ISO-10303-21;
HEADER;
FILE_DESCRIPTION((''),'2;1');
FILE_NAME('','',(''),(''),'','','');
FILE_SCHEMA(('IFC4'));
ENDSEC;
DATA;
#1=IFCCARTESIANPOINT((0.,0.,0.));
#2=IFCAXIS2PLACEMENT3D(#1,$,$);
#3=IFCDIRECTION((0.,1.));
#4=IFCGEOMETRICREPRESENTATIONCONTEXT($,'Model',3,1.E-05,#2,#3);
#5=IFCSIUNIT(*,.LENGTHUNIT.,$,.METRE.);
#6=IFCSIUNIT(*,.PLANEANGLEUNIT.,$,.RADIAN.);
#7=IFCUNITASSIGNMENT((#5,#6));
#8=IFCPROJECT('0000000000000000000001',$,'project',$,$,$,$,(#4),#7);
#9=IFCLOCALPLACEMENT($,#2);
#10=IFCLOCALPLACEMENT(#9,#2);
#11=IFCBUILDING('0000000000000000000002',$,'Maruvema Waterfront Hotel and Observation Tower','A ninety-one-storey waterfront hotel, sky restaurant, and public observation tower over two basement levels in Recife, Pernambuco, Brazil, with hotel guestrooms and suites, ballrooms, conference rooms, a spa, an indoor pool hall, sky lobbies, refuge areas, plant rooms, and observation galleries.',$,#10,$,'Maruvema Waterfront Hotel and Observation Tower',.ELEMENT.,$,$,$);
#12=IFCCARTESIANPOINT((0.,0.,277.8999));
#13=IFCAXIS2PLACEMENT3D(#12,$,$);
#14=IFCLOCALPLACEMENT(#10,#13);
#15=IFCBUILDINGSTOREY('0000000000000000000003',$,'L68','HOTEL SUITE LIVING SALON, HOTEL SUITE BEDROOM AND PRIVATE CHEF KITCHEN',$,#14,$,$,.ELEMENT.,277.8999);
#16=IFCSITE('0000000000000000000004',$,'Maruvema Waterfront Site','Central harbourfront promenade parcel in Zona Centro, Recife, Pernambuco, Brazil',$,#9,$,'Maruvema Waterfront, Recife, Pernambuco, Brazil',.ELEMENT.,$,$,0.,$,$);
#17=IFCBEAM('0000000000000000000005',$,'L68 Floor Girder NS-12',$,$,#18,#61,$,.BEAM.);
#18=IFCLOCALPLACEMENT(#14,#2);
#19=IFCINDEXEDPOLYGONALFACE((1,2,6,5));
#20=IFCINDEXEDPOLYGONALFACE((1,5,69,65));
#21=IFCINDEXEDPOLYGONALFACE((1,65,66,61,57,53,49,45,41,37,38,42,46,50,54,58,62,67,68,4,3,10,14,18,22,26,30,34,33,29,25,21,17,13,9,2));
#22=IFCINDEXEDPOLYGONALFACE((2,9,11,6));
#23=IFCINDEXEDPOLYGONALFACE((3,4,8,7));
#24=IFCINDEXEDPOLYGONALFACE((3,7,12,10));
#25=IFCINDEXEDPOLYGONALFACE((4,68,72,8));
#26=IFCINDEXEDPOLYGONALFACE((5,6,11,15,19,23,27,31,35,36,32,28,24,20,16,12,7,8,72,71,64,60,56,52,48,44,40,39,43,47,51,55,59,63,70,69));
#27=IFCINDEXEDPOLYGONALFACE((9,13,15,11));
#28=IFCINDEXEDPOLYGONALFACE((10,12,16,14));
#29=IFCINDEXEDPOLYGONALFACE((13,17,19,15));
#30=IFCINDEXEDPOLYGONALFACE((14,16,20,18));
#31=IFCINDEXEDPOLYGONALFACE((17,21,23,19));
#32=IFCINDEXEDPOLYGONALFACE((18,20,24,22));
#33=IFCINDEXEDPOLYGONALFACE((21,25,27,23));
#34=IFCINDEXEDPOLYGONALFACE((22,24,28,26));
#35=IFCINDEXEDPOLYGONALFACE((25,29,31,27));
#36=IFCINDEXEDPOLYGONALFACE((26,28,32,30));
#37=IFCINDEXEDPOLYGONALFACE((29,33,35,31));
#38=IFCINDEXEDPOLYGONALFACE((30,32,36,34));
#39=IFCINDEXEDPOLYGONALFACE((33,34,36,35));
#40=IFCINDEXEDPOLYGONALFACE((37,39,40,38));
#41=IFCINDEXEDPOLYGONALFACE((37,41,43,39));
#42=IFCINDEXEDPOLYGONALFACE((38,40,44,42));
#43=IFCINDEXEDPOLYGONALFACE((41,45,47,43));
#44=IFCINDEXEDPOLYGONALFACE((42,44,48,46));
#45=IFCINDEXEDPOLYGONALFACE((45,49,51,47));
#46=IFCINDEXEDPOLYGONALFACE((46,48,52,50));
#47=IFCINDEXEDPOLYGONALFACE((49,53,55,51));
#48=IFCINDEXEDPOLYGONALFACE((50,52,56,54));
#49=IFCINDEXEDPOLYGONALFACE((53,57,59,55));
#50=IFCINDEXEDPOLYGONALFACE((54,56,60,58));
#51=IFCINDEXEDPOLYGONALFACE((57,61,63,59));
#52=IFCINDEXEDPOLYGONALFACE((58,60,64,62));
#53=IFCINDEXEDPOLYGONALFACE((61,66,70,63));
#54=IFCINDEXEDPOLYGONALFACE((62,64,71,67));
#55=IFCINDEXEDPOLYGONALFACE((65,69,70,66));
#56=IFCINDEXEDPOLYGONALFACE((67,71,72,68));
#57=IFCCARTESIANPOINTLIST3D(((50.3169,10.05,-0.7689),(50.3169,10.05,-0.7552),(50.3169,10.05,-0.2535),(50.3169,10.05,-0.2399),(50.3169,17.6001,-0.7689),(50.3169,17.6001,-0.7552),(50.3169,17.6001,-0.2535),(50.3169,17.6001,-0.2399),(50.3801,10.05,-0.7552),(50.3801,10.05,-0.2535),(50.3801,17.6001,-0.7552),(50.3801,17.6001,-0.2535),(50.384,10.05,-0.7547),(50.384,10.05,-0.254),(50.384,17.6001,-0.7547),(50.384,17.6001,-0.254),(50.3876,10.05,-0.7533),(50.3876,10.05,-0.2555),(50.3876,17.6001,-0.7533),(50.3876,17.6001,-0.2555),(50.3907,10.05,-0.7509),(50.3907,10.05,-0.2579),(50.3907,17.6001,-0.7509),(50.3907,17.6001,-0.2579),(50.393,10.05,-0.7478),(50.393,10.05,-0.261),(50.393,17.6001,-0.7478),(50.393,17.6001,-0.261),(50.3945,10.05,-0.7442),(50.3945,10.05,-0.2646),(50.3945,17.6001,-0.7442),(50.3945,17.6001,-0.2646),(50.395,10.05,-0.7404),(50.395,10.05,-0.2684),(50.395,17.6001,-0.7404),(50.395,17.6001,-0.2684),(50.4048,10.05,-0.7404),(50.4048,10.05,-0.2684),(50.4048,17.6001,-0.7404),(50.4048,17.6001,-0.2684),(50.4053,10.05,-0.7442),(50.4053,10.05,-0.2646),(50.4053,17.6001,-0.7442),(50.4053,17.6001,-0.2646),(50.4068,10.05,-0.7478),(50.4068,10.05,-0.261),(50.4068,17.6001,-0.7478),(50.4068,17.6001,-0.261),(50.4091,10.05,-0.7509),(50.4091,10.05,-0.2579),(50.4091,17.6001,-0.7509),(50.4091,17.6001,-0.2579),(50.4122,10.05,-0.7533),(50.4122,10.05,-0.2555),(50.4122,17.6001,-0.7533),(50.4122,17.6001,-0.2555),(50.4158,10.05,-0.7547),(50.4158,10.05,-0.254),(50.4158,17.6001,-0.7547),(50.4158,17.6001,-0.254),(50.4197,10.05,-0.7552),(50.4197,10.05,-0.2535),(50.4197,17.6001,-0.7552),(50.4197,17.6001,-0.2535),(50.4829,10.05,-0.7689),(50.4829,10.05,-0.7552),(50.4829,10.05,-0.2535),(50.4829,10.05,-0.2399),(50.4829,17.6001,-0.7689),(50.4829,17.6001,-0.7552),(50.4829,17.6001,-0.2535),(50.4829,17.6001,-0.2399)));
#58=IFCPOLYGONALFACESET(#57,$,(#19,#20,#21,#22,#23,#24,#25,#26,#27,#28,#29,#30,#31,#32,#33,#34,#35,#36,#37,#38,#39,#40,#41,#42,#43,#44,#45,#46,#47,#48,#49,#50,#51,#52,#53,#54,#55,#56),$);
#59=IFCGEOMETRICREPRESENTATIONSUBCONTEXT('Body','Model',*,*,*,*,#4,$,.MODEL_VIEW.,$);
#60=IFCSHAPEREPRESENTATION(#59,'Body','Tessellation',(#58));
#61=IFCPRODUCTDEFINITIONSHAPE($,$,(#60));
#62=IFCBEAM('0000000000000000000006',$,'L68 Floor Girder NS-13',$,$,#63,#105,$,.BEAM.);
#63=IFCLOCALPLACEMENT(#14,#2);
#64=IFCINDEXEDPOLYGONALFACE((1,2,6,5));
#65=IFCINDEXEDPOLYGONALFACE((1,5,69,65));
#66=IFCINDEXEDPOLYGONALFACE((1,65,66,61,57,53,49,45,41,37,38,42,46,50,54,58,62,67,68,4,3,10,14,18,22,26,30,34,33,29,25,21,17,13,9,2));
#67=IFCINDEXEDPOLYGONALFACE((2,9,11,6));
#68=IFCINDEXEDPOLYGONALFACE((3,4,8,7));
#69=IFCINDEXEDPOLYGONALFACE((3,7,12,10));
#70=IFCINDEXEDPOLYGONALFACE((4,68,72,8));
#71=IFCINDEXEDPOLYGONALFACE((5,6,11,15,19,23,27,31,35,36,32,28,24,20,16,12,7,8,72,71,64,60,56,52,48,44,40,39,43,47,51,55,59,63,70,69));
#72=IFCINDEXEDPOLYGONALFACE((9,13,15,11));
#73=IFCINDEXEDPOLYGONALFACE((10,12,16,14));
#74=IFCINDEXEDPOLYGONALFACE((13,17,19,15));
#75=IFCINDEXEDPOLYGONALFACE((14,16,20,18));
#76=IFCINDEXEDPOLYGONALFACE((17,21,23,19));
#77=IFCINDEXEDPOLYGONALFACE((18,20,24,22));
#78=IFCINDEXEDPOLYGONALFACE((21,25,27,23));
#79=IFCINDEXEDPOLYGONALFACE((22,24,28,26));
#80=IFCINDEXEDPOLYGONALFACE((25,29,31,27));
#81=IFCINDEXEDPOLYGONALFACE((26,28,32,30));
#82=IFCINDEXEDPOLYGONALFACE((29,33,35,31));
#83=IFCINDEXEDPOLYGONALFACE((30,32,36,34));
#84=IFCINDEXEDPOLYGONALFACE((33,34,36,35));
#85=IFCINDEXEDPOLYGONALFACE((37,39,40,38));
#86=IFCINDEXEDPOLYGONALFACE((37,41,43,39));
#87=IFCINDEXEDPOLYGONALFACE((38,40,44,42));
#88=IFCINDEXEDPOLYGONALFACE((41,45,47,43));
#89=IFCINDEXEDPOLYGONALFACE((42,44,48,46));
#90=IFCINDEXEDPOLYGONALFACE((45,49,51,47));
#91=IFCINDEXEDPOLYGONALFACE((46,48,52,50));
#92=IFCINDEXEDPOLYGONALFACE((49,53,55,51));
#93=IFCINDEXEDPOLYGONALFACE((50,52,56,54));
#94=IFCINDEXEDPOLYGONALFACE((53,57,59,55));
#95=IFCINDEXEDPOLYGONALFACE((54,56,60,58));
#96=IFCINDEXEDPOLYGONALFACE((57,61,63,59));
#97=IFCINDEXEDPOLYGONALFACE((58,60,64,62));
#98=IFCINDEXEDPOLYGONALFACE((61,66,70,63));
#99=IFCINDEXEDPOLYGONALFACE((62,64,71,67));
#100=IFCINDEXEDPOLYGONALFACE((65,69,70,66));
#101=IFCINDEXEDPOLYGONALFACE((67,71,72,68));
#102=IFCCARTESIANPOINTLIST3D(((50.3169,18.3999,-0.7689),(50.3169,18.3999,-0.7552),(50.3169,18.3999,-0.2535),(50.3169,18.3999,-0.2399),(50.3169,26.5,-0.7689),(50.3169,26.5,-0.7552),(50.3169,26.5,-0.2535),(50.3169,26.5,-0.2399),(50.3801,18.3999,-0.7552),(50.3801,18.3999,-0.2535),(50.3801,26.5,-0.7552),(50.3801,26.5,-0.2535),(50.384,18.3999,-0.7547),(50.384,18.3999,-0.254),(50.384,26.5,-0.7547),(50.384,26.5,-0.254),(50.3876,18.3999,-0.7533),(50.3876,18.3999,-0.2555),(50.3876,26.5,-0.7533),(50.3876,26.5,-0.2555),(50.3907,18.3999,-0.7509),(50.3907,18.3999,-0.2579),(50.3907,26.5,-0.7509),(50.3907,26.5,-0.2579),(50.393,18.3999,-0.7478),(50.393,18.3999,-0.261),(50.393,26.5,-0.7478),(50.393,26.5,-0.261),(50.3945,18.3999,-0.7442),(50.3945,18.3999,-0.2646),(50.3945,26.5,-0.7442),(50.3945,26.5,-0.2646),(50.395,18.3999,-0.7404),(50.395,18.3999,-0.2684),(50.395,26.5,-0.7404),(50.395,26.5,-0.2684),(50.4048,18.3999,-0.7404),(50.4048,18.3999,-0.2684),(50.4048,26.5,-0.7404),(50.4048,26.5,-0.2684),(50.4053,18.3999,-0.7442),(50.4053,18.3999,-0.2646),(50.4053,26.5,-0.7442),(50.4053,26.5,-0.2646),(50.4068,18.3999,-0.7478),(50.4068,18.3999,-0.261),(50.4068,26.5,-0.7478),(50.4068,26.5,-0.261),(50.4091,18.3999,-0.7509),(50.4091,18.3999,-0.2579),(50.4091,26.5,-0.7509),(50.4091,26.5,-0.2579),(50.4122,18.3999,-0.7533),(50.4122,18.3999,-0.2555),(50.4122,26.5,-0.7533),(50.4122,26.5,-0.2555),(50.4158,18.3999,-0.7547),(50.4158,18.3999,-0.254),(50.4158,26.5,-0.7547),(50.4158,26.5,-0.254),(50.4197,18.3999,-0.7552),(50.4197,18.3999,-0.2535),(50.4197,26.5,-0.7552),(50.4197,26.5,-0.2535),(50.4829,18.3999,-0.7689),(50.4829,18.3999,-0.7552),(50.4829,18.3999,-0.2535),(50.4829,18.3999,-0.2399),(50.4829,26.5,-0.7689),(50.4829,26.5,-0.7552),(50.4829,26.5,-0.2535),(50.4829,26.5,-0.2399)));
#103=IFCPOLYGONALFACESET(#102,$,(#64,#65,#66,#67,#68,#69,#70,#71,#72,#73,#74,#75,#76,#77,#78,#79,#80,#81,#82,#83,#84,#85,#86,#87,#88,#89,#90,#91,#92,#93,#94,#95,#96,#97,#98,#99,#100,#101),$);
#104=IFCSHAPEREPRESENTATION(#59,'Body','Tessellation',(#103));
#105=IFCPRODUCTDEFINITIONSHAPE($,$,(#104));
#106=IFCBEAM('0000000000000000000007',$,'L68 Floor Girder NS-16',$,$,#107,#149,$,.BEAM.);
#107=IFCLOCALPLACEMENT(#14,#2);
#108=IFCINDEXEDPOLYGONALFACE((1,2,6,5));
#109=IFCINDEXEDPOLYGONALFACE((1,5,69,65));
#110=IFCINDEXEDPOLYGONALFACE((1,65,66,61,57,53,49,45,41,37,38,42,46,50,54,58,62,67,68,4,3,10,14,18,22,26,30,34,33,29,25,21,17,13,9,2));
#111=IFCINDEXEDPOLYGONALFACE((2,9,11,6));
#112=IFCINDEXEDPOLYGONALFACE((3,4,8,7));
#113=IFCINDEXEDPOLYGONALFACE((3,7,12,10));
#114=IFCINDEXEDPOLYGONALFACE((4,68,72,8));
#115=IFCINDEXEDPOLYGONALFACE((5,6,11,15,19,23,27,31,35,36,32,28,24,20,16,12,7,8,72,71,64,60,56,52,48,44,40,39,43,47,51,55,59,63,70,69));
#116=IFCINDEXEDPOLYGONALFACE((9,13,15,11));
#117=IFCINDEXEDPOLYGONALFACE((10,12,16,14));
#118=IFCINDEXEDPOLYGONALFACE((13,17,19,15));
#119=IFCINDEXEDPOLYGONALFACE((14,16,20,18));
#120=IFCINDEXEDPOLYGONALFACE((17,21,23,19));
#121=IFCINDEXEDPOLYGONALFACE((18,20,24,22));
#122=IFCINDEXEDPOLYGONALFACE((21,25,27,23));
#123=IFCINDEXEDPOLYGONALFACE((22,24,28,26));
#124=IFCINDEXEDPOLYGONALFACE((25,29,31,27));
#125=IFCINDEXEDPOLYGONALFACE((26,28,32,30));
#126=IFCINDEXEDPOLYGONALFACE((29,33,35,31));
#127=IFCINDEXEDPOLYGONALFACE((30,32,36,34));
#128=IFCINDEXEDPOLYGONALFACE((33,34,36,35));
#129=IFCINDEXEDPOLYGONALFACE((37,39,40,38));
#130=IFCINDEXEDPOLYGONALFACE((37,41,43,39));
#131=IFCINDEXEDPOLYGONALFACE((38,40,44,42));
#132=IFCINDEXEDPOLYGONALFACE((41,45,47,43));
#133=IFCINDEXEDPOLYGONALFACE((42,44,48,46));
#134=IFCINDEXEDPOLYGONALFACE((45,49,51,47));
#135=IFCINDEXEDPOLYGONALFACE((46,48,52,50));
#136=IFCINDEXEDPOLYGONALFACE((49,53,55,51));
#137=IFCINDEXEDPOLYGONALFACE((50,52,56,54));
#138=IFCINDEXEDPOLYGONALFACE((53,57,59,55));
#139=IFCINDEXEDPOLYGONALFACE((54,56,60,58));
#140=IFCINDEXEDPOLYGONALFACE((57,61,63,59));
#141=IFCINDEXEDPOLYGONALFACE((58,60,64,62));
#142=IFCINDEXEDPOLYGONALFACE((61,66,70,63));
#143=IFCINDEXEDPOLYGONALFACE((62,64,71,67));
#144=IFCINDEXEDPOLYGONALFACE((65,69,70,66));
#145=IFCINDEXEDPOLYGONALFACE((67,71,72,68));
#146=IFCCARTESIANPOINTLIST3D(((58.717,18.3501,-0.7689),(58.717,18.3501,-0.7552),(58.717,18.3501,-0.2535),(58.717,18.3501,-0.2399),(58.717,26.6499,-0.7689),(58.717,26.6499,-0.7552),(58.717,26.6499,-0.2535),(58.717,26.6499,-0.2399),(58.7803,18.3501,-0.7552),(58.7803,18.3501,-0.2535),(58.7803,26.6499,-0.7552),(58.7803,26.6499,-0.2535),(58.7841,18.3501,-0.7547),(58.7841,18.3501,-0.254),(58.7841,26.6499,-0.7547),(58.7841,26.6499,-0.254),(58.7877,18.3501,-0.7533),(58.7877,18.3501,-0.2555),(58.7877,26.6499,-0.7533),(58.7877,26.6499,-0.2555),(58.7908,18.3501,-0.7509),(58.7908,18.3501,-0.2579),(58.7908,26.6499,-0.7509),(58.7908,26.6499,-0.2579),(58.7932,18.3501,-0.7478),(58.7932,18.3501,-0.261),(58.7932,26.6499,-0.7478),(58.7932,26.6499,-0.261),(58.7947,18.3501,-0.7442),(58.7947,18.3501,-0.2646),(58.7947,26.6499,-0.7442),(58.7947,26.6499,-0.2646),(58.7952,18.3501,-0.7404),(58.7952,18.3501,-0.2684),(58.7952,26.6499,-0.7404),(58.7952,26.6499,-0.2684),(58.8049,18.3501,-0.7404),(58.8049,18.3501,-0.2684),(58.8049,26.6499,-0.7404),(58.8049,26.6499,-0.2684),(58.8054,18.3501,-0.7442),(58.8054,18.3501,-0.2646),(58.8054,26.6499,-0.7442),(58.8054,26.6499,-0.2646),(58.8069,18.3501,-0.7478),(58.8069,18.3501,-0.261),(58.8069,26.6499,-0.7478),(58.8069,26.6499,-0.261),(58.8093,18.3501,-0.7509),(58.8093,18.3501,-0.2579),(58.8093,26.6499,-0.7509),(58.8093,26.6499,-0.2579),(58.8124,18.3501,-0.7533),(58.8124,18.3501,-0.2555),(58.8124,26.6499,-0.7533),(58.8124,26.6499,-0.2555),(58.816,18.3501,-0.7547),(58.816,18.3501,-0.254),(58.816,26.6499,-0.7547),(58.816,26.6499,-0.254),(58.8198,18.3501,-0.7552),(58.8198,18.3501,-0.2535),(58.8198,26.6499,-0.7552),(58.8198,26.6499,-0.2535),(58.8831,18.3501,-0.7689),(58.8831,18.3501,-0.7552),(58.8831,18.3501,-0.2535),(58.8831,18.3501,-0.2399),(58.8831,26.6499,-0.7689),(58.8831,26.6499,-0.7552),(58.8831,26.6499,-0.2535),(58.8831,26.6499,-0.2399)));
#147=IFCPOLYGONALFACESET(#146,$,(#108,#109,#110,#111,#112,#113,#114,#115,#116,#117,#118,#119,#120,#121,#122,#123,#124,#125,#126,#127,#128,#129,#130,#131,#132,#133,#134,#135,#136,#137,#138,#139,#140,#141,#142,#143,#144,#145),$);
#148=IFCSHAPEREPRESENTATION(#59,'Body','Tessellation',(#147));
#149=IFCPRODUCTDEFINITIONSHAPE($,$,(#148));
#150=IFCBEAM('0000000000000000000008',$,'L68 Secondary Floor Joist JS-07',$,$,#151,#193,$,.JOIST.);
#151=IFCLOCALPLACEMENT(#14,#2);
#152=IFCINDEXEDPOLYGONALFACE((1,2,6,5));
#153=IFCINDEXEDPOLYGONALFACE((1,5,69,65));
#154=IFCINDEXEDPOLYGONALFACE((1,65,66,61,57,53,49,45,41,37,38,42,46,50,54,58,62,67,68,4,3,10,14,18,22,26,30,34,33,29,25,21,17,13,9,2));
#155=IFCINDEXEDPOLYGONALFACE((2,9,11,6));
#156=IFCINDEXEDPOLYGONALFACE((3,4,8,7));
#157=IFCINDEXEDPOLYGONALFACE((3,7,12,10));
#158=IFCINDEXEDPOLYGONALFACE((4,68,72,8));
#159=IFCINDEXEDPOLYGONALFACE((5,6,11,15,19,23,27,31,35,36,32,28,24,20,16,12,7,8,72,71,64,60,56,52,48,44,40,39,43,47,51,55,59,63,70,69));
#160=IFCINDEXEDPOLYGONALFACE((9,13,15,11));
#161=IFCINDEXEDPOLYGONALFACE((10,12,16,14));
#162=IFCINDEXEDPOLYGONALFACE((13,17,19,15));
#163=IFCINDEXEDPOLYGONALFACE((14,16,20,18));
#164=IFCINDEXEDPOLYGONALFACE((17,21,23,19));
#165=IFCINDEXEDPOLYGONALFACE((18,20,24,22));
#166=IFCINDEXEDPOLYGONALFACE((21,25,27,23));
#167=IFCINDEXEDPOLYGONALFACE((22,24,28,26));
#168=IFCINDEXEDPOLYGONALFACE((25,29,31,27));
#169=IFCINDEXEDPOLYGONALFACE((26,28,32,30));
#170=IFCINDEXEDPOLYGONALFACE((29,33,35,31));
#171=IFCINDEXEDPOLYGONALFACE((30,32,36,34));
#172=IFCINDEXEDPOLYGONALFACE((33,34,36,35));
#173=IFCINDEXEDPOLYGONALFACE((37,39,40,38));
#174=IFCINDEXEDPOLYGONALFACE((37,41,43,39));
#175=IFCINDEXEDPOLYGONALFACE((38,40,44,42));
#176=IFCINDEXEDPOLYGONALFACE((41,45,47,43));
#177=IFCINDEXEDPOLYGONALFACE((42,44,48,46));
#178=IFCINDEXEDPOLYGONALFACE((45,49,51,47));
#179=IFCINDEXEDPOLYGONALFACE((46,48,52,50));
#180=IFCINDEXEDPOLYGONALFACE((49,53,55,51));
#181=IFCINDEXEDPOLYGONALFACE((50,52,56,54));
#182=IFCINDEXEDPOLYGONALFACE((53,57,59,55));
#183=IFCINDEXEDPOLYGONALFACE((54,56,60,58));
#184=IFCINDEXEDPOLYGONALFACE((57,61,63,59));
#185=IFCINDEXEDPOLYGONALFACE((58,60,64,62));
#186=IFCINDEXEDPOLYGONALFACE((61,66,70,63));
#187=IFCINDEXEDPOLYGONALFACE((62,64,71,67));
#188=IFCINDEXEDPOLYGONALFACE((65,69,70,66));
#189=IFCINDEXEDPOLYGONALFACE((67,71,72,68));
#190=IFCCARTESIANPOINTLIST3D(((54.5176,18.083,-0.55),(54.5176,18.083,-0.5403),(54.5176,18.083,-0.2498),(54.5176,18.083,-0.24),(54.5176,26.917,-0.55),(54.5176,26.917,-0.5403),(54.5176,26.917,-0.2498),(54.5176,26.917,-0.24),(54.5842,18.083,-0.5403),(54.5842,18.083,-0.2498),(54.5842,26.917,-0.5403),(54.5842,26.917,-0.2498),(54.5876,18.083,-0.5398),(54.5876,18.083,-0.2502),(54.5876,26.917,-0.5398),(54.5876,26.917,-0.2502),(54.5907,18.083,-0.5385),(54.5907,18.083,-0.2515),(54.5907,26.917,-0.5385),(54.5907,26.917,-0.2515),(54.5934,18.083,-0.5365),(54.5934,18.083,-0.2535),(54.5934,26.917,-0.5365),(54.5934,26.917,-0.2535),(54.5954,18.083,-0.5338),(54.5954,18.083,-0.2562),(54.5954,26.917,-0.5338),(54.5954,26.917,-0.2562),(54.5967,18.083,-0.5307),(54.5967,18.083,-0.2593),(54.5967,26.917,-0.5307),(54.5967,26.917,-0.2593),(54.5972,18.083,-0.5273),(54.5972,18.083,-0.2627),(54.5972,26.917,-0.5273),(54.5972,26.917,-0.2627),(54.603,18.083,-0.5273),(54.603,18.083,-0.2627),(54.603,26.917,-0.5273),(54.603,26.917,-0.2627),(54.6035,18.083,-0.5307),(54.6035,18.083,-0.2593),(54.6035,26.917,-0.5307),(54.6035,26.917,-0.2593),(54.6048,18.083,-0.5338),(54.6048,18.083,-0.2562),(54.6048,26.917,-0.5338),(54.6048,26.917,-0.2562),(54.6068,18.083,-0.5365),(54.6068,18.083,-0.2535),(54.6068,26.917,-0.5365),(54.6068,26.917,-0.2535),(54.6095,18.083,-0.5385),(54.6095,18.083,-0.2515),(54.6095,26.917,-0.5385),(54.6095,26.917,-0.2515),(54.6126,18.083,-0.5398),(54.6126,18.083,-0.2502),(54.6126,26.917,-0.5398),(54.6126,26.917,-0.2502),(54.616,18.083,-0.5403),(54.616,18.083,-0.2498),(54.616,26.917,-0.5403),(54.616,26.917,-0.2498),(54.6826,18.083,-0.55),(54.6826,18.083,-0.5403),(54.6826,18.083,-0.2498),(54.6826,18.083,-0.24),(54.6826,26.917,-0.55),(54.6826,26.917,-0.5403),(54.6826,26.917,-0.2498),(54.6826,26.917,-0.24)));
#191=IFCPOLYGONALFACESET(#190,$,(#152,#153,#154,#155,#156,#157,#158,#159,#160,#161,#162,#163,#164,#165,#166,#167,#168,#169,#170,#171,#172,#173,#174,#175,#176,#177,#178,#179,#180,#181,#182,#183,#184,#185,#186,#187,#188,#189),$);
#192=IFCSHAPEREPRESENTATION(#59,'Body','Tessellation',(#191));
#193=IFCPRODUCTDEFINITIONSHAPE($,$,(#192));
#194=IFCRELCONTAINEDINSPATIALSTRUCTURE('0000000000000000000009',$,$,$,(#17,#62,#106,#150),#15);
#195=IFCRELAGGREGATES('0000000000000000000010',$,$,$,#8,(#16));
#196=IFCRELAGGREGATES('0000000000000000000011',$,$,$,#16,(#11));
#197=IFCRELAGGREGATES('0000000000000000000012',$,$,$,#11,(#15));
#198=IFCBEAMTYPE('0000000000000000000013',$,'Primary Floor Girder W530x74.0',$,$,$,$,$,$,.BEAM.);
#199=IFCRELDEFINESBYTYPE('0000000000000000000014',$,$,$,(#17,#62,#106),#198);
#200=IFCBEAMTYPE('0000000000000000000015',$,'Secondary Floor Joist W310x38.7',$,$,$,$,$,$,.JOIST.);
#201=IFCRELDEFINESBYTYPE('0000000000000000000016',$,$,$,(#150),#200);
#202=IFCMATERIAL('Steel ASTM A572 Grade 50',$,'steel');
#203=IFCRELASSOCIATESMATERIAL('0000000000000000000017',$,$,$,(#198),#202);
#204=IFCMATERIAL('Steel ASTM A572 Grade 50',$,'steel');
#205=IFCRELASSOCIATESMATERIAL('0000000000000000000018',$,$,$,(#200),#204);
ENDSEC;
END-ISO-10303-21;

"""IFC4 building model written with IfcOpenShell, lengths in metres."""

from ifc_helpers import new_model, si_unit, direction, frame, origin, origin_2d, place, context, subcontext, project, spatial, i_section, extrude, material, material_profile, profile_set, type_object, element, save


model = new_model("IFC4")

# Units and contexts
model_context = context("Model", 3, precision=1e-05, world=origin(), true_north=direction((0.0, 1.0)))
body_context = subcontext(model_context, "Body", "Model", "MODEL_VIEW")
ifc_project = project(units=[si_unit("LENGTHUNIT", "METRE"), si_unit("PLANEANGLEUNIT", "RADIAN")], contexts=[model_context])

# Site, building, storey
site_placement = place(None, origin())
site = spatial("IfcSite", under=ifc_project, at=site_placement, Name="Maruvema Waterfront Site", Description="Central harbourfront promenade parcel in Zona Centro, Recife, Pernambuco, Brazil", LongName="Maruvema Waterfront, Recife, Pernambuco, Brazil", CompositionType="ELEMENT", RefElevation=0.0)
building_placement = place(site_placement, origin())
building = spatial("IfcBuilding", under=site, at=building_placement, Name="Maruvema Waterfront Hotel and Observation Tower", Description="A ninety-one-storey waterfront hotel, sky restaurant, and public observation tower over two basement levels in Recife, Pernambuco, Brazil, with hotel guestrooms and suites, ballrooms, conference rooms, a spa, an indoor pool hall, sky lobbies, refuge areas, plant rooms, and observation galleries.", LongName="Maruvema Waterfront Hotel and Observation Tower", CompositionType="ELEMENT")
storey_placement = place(building_placement, frame((0.0, 0.0, 277.8999)))
storey = spatial("IfcBuildingStorey", under=building, at=storey_placement, Name="L68", Description="HOTEL SUITE LIVING SALON, HOTEL SUITE BEDROOM AND PRIVATE CHEF KITCHEN", CompositionType="ELEMENT", Elevation=277.8999)

# Beams
ifc_material_1 = material(Name="Steel ASTM A572 Grade 50", Category="steel")
ifc_material_profile_1 = material_profile(ifc_material_1, i_section(OverallWidth=0.166, OverallDepth=0.5291, WebThickness=0.0098, FlangeThickness=0.0137, FilletRadius=0.0149, at=origin_2d()), Name="W530x74.0")
ifc_profile_set_1 = profile_set([ifc_material_profile_1], Name="Steel ASTM A572 Grade 50")
beam_type_1 = type_object("IfcBeamType", Name="Primary Floor Girder W530x74.0", PredefinedType="BEAM", material=ifc_profile_set_1)
beam_1_placement = place(storey_placement, frame((50.3999, 10.05, -0.5044), z_axis=(0.0, 1.0, 0.0), x_axis=(-1.0, 0.0, 0.0)))
element("IfcBeam", 1, at=beam_1_placement, inside=storey, type_object=beam_type_1, Name="L68 Floor Girder NS-12", PredefinedType="BEAM", context=body_context, shape_type="SweptSolid", body=[
    extrude(i_section(OverallWidth=0.166, OverallDepth=0.5291, WebThickness=0.0098, FlangeThickness=0.0137, FilletRadius=0.0149, at=origin_2d()), origin(), (0.0, 0.0, 1.0), 7.55),
])
beam_2_placement = place(storey_placement, frame((50.3999, 18.3999, -0.5044), z_axis=(0.0, 1.0, 0.0), x_axis=(-1.0, 0.0, 0.0)))
element("IfcBeam", 2, at=beam_2_placement, inside=storey, type_object=beam_type_1, Name="L68 Floor Girder NS-13", PredefinedType="BEAM", context=body_context, shape_type="SweptSolid", body=[
    extrude(i_section(OverallWidth=0.166, OverallDepth=0.5291, WebThickness=0.0098, FlangeThickness=0.0137, FilletRadius=0.0149, at=origin_2d()), origin(), (0.0, 0.0, 1.0), 8.1001),
])
beam_3_placement = place(storey_placement, frame((58.8, 18.3501, -0.5044), z_axis=(0.0, 1.0, 0.0), x_axis=(-1.0, 0.0, 0.0)))
element("IfcBeam", 3, at=beam_3_placement, inside=storey, type_object=beam_type_1, Name="L68 Floor Girder NS-16", PredefinedType="BEAM", context=body_context, shape_type="SweptSolid", body=[
    extrude(i_section(OverallWidth=0.166, OverallDepth=0.5291, WebThickness=0.0098, FlangeThickness=0.0137, FilletRadius=0.0149, at=origin_2d()), origin(), (0.0, 0.0, 1.0), 8.2998),
])
ifc_material_2 = material(Name="Steel ASTM A572 Grade 50", Category="steel")
ifc_material_profile_2 = material_profile(ifc_material_2, i_section(OverallWidth=0.165, OverallDepth=0.3101, WebThickness=0.0059, FlangeThickness=0.0098, FilletRadius=0.0129, at=origin_2d()), Name="W310x38.7")
ifc_profile_set_2 = profile_set([ifc_material_profile_2], Name="Steel ASTM A572 Grade 50")
beam_type_2 = type_object("IfcBeamType", Name="Secondary Floor Joist W310x38.7", PredefinedType="JOIST", material=ifc_profile_set_2)
beam_4_placement = place(storey_placement, frame((54.6001, 18.083, -0.395), z_axis=(0.0, 1.0, 0.0), x_axis=(-1.0, 0.0, 0.0)))
element("IfcBeam", 4, at=beam_4_placement, inside=storey, type_object=beam_type_2, Name="L68 Secondary Floor Joist JS-07", PredefinedType="JOIST", context=body_context, shape_type="SweptSolid", body=[
    extrude(i_section(OverallWidth=0.165, OverallDepth=0.3101, WebThickness=0.0059, FlangeThickness=0.0098, FilletRadius=0.0129, at=origin_2d()), origin(), (0.0, 0.0, 1.0), 8.834),
])

save(model, "model.ifc")
